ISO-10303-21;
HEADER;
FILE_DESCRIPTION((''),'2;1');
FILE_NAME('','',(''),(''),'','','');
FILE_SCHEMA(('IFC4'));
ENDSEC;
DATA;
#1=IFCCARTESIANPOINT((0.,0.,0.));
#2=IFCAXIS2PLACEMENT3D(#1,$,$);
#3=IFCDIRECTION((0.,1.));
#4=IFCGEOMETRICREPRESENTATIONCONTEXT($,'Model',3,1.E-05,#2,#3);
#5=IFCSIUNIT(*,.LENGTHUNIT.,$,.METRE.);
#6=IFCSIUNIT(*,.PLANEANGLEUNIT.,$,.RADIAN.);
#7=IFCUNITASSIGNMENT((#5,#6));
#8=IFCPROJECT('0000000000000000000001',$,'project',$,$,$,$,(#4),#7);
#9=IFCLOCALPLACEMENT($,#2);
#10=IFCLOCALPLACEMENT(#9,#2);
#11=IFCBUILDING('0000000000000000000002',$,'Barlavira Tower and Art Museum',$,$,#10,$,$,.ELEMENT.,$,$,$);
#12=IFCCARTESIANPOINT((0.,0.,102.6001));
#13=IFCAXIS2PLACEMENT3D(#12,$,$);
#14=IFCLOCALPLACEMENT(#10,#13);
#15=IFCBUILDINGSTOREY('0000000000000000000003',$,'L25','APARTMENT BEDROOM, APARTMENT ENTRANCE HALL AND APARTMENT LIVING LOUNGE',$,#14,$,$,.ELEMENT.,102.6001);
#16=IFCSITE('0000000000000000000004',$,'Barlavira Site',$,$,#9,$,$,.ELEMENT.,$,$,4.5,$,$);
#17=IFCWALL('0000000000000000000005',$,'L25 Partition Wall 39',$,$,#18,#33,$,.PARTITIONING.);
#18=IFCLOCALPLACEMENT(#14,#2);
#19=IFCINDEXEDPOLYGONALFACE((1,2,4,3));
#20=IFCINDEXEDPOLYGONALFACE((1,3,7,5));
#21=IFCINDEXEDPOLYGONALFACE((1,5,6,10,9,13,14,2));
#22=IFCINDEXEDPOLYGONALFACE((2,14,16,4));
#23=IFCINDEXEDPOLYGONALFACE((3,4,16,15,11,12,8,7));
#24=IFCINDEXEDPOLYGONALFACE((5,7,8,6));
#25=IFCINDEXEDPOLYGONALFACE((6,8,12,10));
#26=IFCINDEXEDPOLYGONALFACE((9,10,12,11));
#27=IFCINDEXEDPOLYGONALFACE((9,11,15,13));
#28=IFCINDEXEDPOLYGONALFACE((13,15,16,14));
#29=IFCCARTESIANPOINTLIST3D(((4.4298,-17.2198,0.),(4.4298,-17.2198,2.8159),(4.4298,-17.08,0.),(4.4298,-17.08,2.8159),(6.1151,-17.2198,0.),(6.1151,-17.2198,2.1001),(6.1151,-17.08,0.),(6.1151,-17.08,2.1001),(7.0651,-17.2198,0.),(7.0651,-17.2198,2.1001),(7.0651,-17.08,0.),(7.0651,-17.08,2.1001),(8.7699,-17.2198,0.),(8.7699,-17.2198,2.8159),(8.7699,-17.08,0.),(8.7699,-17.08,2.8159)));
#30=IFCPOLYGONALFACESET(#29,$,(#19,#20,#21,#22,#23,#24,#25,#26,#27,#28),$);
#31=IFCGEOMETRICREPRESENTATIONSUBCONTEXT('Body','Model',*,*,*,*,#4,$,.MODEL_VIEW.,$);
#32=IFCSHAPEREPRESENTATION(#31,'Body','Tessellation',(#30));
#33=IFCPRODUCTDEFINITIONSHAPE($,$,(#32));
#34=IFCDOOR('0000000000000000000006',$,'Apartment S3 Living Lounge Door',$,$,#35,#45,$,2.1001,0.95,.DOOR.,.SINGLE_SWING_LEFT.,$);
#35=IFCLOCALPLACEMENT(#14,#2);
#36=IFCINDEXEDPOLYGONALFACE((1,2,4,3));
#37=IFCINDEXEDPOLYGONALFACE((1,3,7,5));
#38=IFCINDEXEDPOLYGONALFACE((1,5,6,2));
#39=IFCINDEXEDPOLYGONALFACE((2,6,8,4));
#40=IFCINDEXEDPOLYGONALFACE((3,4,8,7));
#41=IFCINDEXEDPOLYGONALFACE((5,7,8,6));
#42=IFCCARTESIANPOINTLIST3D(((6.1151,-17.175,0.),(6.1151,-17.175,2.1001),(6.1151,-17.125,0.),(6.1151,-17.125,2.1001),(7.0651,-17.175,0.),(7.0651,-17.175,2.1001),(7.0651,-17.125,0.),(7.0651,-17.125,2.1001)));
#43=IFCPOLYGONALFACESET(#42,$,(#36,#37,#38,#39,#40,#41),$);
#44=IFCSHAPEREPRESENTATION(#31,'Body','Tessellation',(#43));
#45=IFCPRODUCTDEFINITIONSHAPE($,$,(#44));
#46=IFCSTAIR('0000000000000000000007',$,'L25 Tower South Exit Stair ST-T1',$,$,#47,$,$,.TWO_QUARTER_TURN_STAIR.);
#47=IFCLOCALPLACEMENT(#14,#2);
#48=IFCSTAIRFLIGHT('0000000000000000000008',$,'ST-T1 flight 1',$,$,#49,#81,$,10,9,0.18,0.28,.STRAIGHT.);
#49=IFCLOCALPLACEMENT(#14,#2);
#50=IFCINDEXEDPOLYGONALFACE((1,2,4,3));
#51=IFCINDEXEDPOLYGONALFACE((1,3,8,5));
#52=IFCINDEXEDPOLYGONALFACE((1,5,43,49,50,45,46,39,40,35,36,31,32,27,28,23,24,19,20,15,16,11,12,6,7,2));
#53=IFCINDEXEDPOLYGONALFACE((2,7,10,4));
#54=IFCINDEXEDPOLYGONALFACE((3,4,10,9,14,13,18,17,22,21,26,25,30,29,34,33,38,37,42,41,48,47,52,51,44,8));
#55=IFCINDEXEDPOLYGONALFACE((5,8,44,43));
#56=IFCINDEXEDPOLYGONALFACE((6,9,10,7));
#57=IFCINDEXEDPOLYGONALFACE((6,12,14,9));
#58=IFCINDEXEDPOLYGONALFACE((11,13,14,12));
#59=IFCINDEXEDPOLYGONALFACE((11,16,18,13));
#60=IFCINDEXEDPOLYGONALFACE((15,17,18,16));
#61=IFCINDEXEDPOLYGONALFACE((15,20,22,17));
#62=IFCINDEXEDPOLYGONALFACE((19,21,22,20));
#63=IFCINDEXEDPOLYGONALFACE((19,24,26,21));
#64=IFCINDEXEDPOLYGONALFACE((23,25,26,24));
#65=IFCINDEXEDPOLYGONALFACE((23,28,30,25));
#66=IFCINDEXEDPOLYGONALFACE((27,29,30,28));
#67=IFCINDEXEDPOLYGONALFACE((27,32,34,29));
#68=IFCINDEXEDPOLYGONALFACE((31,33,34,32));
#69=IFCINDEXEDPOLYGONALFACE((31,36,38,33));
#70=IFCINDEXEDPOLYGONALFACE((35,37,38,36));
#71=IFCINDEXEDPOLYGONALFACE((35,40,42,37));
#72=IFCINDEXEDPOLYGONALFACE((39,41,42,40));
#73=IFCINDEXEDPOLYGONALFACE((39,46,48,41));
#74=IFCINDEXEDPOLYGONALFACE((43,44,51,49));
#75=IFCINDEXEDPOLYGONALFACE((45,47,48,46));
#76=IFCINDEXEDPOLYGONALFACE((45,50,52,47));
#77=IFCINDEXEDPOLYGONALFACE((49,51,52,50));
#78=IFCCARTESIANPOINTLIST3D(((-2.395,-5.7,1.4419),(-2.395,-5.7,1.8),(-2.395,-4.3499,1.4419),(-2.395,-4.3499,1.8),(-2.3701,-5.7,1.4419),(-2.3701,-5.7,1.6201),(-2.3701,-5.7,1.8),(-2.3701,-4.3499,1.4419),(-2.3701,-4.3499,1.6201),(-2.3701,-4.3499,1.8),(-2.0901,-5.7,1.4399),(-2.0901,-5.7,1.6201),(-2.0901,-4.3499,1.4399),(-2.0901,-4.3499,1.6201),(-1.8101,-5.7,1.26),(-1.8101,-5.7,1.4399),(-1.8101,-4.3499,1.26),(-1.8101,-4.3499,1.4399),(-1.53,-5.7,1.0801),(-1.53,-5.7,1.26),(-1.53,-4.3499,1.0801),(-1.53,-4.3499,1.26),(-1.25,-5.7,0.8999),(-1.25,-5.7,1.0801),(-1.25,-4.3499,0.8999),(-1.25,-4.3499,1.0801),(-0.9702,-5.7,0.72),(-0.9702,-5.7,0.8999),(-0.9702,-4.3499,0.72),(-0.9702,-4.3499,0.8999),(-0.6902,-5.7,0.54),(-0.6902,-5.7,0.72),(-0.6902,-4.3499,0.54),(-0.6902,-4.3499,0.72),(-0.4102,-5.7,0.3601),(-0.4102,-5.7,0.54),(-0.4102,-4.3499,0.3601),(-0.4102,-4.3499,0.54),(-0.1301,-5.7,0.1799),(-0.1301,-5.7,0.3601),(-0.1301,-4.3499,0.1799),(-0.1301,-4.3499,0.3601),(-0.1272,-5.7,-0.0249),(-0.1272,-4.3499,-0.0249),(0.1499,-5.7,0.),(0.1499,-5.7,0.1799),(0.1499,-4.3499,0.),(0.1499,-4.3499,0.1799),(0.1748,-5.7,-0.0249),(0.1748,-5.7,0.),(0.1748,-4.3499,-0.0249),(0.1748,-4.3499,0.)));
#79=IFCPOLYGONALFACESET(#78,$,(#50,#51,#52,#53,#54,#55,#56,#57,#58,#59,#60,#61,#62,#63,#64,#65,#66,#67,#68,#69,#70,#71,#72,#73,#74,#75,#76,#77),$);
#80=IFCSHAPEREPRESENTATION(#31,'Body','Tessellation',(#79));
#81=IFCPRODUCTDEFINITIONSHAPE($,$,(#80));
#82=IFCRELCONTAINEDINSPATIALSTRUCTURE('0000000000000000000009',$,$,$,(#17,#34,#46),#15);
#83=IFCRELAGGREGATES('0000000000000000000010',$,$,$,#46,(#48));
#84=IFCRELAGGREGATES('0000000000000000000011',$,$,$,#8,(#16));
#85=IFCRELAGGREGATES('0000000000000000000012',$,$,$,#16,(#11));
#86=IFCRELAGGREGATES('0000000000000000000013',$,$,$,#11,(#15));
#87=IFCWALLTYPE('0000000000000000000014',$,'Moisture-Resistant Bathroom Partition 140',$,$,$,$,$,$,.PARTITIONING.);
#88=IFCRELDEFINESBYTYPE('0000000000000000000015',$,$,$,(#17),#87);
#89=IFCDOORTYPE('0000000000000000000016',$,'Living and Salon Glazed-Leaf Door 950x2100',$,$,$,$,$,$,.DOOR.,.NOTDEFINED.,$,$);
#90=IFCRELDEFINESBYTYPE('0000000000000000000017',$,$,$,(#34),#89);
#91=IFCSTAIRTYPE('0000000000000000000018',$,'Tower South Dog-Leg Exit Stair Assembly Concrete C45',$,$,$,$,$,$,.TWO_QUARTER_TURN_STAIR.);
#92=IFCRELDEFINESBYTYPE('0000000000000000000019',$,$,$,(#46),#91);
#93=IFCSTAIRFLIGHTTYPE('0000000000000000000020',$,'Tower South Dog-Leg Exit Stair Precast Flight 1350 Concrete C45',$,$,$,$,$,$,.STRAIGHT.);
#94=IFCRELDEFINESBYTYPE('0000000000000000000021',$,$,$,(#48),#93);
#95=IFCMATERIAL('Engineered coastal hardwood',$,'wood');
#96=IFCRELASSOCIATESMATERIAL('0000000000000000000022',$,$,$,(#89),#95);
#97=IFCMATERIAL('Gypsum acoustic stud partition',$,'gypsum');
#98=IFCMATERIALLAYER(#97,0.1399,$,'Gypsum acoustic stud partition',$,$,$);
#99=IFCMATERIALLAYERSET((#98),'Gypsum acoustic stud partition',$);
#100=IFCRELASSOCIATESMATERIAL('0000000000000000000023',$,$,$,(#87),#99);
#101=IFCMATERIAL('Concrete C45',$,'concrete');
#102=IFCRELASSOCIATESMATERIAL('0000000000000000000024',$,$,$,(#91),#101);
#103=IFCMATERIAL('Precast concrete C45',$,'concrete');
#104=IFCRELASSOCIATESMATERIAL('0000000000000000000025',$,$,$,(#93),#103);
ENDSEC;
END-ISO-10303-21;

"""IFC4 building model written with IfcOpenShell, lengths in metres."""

from ifc_helpers import new_model, si_unit, direction, frame, frame_2d, origin, place, context, subcontext, project, spatial, polyline, rectangle, outline, extrude, material, layer, layer_set, type_object, element, fill, aggregate, save


model = new_model("IFC4")

# Units and contexts
model_context = context("Model", 3, precision=1e-05, world=origin(), true_north=direction((0.0, 1.0)))
body_context = subcontext(model_context, "Body", "Model", "MODEL_VIEW")
ifc_project = project(units=[si_unit("LENGTHUNIT", "METRE"), si_unit("PLANEANGLEUNIT", "RADIAN")], contexts=[model_context])

# Site, building, storey
site_placement = place(None, origin())
site = spatial("IfcSite", under=ifc_project, at=site_placement, Name="Barlavira Site", CompositionType="ELEMENT", RefElevation=4.5)
building_placement = place(site_placement, origin())
building = spatial("IfcBuilding", under=site, at=building_placement, Name="Barlavira Tower and Art Museum", CompositionType="ELEMENT")
storey_placement = place(building_placement, frame((0.0, 0.0, 102.6001)))
storey = spatial("IfcBuildingStorey", under=building, at=storey_placement, Name="L25", Description="APARTMENT BEDROOM, APARTMENT ENTRANCE HALL AND APARTMENT LIVING LOUNGE", CompositionType="ELEMENT", Elevation=102.6001)

# Shared definitions
ifc_material_1 = material(Name="Gypsum acoustic stud partition", Category="gypsum")
ifc_material_2 = material(Name="Engineered coastal hardwood", Category="wood")
door_type_1 = type_object("IfcDoorType", Name="Living and Salon Glazed-Leaf Door 950x2100", OperationType="NOTDEFINED", PredefinedType="DOOR", material=ifc_material_2)

# Shared definitions
ifc_layer_1 = layer(ifc_material_1, 0.1399, Name="Gypsum acoustic stud partition")
ifc_layer_set_1 = layer_set([ifc_layer_1], Name="Gypsum acoustic stud partition")
wall_type_1 = type_object("IfcWallType", Name="Moisture-Resistant Bathroom Partition 140", PredefinedType="PARTITIONING", material=ifc_layer_set_1)

# Wall, opening, door
wall_1_placement = place(storey_placement, frame((4.4299, -17.1499, 0.0), z_axis=(0.0, 0.0, 1.0), x_axis=(1.0, 0.0, 0.0)))
wall_1 = element("IfcWall", 1, at=wall_1_placement, inside=storey, type_object=wall_type_1, Name="L25 Partition Wall 39", PredefinedType="PARTITIONING", context=body_context, shape_type="SweptSolid", body=[
    extrude(rectangle(XDim=4.3401, YDim=0.1399, at=frame_2d((2.1699, 0.0))), origin(), (0.0, 0.0, 1.0), 2.8159),
])
opening_1_placement = place(wall_1_placement, frame((1.6851, 0.0, 0.0)))
opening_1 = element("IfcOpeningElement", 2, at=opening_1_placement, cuts=wall_1, PredefinedType="OPENING", context=body_context, shape_type="SweptSolid", body=[
    extrude(rectangle(XDim=0.95, YDim=2.1001, at=frame_2d((0.4751, 1.05))), frame((0.0, 0.0801, 0.0), z_axis=(0.0, -1.0, 0.0), x_axis=(1.0, 0.0, 0.0)), (0.0, 0.0, 1.0), 0.1599),
])
door_1_placement = place(opening_1_placement, origin())
door_1 = element("IfcDoor", 3, at=door_1_placement, inside=storey, type_object=door_type_1, Name="Apartment S3 Living Lounge Door", OperationType="SINGLE_SWING_LEFT", OverallHeight=2.1001, OverallWidth=0.95, PredefinedType="DOOR", context=body_context, shape_type="SweptSolid", body=[
    extrude(rectangle(XDim=0.95, YDim=2.1001, at=frame_2d((0.4751, 1.05))), frame((0.0, 0.0249, 0.0), z_axis=(0.0, -1.0, 0.0), x_axis=(1.0, 0.0, 0.0)), (0.0, 0.0, 1.0), 0.05),
])
fill(opening_1, door_1)

# Stair, stair flight
ifc_material_3 = material(Name="Concrete C45", Category="concrete")
stair_type = type_object("IfcStairType", Name="Tower South Dog-Leg Exit Stair Assembly Concrete C45", PredefinedType="TWO_QUARTER_TURN_STAIR", material=ifc_material_3)
stair_placement = place(storey_placement, origin())
stair = element("IfcStair", 4, at=stair_placement, inside=storey, type_object=stair_type, Name="L25 Tower South Exit Stair ST-T1", PredefinedType="TWO_QUARTER_TURN_STAIR")
ifc_material_4 = material(Name="Precast concrete C45", Category="concrete")
stair_flight_type = type_object("IfcStairFlightType", Name="Tower South Dog-Leg Exit Stair Precast Flight 1350 Concrete C45", PredefinedType="STRAIGHT", material=ifc_material_4)
stair_flight_placement = place(storey_placement, frame((0.1499, -5.0249, 0.0), z_axis=(0.0, 0.0, 1.0), x_axis=(-1.0, 0.0, 0.0)))
stair_flight = element("IfcStairFlight", 5, at=stair_flight_placement, type_object=stair_flight_type, Name="ST-T1 flight 1", NumberOfRisers=10, NumberOfTreads=9, PredefinedType="STRAIGHT", RiserHeight=0.18, TreadLength=0.28, context=body_context, shape_type="SweptSolid", body=[
    extrude(outline(polyline([(-0.0249, 0.0), (0.0, 0.0), (0.0, 0.1799), (0.28, 0.1799), (0.28, 0.3601), (0.5601, 0.3601), (0.5601, 0.54), (0.8401, 0.54), (0.8401, 0.72), (1.1201, 0.72), (1.1201, 0.8999), (1.3999, 0.8999), (1.3999, 1.0801), (1.6799, 1.0801), (1.6799, 1.26), (1.96, 1.26), (1.96, 1.4399), (2.24, 1.4399), (2.24, 1.6201), (2.52, 1.6201), (2.52, 1.8), (2.5449, 1.8), (2.5449, 1.4419), (2.52, 1.4419), (0.2771, -0.0249), (-0.0249, -0.0249), (-0.0249, 0.0)])), frame((0.0, 0.675, 0.0), z_axis=(0.0, -1.0, 0.0), x_axis=(1.0, 0.0, 0.0)), (0.0, 0.0, 1.0), 1.3501),
])
aggregate(stair, [stair_flight])

save(model, "model.ifc")
